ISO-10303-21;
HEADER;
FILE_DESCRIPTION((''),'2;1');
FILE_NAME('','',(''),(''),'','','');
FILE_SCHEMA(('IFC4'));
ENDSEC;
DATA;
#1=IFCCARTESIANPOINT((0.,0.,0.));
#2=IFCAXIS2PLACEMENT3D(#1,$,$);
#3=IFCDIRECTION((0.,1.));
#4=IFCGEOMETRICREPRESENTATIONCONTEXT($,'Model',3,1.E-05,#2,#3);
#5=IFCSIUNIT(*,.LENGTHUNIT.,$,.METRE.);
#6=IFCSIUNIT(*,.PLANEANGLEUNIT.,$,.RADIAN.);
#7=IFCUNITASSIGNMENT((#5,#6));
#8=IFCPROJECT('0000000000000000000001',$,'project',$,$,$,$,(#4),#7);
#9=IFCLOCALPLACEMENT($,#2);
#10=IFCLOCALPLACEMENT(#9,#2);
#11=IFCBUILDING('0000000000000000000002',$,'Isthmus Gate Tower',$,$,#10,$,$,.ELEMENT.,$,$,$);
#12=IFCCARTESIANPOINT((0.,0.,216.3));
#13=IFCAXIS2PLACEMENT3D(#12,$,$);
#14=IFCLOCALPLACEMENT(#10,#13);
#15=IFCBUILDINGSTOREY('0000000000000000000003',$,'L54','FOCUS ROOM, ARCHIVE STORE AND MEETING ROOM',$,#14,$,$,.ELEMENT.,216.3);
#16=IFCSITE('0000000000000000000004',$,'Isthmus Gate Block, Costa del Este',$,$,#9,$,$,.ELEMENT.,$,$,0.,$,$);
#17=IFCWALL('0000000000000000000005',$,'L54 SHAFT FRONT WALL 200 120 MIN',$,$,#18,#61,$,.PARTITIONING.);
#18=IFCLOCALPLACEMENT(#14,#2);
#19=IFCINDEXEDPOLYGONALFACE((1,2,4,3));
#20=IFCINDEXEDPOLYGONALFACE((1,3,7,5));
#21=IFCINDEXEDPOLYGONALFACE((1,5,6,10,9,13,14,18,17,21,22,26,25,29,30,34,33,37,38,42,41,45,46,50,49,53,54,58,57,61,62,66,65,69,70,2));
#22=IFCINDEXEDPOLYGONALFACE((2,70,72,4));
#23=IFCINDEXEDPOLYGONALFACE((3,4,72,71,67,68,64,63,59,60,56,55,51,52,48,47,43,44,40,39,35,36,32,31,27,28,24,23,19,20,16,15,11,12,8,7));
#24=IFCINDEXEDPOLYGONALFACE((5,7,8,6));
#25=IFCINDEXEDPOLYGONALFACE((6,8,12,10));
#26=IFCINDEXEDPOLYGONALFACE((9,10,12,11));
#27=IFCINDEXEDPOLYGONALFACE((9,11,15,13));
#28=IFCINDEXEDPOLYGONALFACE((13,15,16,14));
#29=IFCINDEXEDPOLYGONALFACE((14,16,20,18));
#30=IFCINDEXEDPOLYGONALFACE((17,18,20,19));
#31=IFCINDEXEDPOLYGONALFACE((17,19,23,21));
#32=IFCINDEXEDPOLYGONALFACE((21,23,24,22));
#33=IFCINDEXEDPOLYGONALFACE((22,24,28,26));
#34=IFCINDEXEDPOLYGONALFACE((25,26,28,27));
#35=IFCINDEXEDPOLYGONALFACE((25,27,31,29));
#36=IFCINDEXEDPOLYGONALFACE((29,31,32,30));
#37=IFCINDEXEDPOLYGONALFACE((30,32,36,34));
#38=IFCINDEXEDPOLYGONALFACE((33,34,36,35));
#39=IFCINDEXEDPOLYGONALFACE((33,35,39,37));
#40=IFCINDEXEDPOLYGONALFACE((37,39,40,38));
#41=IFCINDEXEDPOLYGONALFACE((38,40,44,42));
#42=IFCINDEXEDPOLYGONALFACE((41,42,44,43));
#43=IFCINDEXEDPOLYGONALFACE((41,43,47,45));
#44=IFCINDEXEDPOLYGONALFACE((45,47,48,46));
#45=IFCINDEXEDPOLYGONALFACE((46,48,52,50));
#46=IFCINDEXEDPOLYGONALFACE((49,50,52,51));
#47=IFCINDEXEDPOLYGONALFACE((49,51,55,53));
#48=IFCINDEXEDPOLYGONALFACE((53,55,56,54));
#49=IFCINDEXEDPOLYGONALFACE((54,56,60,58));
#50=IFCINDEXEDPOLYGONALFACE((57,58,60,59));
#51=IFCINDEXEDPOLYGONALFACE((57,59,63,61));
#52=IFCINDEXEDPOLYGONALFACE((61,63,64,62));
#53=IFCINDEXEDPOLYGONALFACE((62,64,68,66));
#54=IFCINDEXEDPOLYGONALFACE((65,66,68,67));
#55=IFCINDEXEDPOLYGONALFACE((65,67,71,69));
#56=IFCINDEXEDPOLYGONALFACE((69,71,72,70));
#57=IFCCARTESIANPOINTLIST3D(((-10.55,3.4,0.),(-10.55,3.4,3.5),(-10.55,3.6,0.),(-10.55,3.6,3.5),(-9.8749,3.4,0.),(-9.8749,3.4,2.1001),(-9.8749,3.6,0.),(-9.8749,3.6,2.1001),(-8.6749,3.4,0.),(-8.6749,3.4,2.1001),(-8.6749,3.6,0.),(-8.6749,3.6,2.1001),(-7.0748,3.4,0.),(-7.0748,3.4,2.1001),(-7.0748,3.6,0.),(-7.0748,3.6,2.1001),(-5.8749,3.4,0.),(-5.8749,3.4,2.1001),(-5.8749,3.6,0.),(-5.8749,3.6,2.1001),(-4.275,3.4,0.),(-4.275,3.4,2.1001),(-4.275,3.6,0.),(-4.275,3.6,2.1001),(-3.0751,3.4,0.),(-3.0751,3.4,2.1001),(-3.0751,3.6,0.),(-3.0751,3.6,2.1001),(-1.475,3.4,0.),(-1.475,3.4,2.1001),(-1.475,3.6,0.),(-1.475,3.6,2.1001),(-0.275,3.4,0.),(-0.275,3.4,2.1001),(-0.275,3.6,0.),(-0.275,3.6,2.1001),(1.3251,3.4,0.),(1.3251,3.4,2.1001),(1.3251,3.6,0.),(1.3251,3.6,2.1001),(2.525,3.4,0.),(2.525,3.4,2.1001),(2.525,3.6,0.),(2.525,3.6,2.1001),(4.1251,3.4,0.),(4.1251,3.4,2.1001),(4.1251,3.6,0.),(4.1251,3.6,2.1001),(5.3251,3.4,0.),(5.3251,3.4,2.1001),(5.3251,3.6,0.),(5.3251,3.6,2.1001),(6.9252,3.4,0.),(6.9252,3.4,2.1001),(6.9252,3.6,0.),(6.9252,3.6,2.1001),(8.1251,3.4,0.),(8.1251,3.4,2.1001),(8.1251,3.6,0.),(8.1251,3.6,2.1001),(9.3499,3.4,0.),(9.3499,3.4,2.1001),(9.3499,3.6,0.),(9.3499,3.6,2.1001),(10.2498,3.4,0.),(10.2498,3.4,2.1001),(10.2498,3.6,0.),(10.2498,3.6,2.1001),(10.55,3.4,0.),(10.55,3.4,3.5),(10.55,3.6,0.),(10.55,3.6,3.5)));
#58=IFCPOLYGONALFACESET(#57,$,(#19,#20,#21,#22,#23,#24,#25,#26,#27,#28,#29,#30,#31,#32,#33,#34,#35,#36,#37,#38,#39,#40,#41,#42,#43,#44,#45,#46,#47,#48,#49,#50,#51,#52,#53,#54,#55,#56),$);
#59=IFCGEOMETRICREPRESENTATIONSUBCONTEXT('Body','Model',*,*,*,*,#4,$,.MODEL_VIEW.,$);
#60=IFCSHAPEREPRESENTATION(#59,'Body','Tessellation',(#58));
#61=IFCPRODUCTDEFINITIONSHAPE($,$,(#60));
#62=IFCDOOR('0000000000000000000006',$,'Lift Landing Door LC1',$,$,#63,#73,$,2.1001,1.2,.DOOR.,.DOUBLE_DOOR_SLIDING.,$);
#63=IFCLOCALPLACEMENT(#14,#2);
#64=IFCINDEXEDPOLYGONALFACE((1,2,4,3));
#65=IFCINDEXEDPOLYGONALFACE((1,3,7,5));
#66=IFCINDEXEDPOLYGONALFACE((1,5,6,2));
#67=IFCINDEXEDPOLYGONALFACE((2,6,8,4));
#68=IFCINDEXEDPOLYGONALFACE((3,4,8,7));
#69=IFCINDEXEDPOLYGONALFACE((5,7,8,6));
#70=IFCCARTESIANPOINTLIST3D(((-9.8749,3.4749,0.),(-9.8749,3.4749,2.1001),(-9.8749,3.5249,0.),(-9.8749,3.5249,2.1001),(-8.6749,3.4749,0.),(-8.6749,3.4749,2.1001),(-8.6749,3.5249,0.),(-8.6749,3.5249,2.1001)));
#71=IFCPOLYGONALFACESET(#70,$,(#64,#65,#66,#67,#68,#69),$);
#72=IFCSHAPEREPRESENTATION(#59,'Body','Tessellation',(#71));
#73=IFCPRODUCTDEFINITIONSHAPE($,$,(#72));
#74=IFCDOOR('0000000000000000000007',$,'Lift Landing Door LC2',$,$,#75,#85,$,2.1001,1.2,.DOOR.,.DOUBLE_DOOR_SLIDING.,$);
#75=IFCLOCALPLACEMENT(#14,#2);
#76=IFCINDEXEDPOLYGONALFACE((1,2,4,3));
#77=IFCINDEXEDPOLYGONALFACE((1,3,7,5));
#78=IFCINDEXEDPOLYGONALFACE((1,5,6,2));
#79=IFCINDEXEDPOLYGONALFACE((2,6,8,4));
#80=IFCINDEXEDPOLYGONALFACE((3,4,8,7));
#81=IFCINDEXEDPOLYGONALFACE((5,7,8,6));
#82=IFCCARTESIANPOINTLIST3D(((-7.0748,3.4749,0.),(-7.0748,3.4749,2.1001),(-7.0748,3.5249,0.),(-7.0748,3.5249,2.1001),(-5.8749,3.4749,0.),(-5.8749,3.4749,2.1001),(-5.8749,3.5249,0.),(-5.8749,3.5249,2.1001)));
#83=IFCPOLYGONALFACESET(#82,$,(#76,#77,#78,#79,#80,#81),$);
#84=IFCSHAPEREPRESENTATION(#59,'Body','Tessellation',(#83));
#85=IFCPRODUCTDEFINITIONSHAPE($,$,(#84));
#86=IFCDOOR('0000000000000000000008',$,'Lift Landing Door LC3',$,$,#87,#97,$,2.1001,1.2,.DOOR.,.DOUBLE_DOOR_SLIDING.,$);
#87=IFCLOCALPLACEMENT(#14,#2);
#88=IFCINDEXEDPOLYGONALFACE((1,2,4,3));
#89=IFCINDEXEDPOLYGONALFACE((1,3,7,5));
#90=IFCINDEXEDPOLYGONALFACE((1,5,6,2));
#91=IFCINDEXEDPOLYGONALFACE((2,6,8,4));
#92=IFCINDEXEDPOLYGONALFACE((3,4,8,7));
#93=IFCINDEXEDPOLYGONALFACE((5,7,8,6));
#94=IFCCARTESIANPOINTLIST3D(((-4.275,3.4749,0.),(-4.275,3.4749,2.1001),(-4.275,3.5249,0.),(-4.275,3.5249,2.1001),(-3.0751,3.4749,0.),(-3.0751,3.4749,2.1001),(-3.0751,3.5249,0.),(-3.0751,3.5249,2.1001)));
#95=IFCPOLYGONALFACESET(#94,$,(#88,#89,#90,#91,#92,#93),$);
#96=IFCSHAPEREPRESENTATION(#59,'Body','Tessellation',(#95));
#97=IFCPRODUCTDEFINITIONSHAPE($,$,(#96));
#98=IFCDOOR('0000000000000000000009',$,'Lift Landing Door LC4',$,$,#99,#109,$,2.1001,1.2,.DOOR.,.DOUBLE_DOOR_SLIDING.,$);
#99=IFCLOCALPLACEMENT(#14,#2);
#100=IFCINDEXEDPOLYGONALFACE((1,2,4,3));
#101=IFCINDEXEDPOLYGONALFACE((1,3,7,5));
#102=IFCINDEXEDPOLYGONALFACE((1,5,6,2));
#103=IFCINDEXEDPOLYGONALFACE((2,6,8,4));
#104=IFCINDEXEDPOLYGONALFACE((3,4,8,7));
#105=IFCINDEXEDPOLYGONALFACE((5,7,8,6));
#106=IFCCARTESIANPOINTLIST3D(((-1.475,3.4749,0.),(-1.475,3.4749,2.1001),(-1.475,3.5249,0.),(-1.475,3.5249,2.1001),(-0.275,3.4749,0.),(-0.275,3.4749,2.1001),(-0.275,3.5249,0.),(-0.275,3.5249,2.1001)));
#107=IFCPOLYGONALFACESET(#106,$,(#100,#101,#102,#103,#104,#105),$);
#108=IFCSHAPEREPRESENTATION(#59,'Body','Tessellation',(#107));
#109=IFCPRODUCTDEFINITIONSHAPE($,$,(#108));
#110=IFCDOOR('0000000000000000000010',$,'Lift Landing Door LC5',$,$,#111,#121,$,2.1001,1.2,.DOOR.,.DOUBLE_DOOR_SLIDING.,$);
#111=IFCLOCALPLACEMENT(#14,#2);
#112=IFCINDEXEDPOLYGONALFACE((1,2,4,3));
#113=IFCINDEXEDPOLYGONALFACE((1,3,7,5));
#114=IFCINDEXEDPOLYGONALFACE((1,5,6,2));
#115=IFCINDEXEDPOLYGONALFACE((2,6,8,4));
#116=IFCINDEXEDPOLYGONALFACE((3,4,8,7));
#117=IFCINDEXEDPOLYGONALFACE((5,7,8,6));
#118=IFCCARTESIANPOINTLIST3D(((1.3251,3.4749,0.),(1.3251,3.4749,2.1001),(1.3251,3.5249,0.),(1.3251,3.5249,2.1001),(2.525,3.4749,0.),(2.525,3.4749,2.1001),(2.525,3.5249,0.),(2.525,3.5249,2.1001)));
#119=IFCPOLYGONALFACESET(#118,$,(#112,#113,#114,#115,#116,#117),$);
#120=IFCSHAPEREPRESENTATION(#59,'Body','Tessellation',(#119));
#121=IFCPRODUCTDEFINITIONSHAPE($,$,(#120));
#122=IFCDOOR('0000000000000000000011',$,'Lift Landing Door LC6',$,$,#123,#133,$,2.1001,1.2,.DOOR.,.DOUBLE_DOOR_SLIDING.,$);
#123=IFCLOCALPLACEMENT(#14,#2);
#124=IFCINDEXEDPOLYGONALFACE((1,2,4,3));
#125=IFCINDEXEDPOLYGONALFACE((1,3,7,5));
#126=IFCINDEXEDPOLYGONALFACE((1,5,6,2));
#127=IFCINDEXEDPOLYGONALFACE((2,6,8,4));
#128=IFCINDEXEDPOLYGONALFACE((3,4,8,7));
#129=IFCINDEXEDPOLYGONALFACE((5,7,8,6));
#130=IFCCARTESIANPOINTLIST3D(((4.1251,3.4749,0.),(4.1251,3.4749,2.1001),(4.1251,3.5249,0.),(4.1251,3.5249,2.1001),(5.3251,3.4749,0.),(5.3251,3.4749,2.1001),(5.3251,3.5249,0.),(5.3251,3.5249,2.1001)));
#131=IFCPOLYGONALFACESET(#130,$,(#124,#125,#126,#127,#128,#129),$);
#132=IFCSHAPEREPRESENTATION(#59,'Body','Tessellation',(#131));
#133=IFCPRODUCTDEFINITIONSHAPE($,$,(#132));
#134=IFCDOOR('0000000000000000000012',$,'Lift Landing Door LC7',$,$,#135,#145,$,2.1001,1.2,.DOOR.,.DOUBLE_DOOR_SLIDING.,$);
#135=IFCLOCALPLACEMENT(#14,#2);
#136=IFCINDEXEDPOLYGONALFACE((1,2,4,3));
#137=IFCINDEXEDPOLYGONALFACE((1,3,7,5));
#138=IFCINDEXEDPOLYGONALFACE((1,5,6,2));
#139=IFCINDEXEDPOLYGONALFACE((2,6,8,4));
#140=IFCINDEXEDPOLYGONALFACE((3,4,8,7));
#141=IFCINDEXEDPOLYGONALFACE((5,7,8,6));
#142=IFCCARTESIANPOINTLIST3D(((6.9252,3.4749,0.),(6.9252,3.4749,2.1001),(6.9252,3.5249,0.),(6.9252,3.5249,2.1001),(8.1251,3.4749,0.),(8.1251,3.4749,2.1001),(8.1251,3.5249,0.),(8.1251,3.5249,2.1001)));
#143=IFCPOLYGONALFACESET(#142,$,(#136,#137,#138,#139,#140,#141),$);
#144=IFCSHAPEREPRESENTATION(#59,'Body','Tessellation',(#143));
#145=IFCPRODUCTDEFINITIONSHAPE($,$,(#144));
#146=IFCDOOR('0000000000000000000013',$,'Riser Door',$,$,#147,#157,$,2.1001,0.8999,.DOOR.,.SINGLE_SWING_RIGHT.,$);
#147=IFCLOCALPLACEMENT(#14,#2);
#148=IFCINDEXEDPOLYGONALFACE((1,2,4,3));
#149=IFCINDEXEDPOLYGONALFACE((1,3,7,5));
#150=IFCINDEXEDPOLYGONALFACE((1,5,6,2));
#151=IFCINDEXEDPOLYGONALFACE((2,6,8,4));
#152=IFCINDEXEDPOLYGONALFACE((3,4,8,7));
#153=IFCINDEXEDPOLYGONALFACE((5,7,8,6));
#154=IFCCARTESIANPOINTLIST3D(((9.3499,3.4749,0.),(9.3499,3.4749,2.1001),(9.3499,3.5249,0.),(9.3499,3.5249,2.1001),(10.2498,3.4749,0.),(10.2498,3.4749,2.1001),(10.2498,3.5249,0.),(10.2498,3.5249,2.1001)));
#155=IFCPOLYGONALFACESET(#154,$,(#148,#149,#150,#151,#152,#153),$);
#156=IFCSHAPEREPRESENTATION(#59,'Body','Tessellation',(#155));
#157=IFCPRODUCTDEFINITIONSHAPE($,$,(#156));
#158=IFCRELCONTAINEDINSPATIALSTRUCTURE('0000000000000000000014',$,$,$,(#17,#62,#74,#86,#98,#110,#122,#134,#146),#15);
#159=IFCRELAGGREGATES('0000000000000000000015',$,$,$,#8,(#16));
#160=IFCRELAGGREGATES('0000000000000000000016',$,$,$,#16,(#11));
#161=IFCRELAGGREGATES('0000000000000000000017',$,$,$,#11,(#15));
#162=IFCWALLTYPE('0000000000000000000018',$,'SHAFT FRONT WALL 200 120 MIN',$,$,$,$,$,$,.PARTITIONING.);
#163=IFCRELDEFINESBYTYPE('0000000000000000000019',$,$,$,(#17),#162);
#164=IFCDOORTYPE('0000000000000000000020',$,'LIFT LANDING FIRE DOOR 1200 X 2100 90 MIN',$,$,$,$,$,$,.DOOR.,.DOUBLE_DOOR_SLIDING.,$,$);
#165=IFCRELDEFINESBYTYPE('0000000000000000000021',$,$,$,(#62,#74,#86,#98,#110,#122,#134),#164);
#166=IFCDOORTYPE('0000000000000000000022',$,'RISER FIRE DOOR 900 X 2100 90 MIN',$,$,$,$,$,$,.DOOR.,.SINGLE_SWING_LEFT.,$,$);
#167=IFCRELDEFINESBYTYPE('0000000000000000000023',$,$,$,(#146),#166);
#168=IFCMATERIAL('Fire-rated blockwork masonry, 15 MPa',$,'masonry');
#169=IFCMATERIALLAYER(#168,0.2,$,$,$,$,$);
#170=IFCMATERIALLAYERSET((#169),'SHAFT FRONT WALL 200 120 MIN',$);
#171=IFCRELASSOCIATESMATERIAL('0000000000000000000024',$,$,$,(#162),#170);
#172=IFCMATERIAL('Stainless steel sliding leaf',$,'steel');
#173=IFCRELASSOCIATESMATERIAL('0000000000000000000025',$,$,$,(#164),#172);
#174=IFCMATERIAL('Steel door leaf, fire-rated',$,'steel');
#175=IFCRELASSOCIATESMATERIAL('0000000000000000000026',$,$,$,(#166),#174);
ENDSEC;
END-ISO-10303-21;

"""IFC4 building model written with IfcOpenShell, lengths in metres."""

from ifc_helpers import new_model, si_unit, direction, frame, frame_2d, origin, place, context, subcontext, project, spatial, rectangle, extrude, material, layer, layer_set, type_object, element, fill, save


model = new_model("IFC4")

# Units and contexts
model_context = context("Model", 3, precision=1e-05, world=origin(), true_north=direction((0.0, 1.0)))
body_context = subcontext(model_context, "Body", "Model", "MODEL_VIEW")
ifc_project = project(units=[si_unit("LENGTHUNIT", "METRE"), si_unit("PLANEANGLEUNIT", "RADIAN")], contexts=[model_context])

# Site, building, storey
site_placement = place(None, origin())
site = spatial("IfcSite", under=ifc_project, at=site_placement, Name="Isthmus Gate Block, Costa del Este", CompositionType="ELEMENT", RefElevation=0.0)
building_placement = place(site_placement, origin())
building = spatial("IfcBuilding", under=site, at=building_placement, Name="Isthmus Gate Tower", CompositionType="ELEMENT")
storey_placement = place(building_placement, frame((0.0, 0.0, 216.3)))
storey = spatial("IfcBuildingStorey", under=building, at=storey_placement, Name="L54", Description="FOCUS ROOM, ARCHIVE STORE AND MEETING ROOM", CompositionType="ELEMENT", Elevation=216.3)

# Wall, openings, doors
ifc_material_1 = material(Name="Fire-rated blockwork masonry, 15 MPa", Category="masonry")
ifc_layer_1 = layer(ifc_material_1, 0.2)
ifc_layer_set_1 = layer_set([ifc_layer_1], Name="SHAFT FRONT WALL 200 120 MIN")
wall_type_1 = type_object("IfcWallType", Name="SHAFT FRONT WALL 200 120 MIN", PredefinedType="PARTITIONING", material=ifc_layer_set_1)
wall_1_placement = place(storey_placement, frame((-10.55, 3.5, 0.0), z_axis=(0.0, 0.0, 1.0), x_axis=(1.0, 0.0, 0.0)))
wall_1 = element("IfcWall", 1, at=wall_1_placement, inside=storey, type_object=wall_type_1, Name="L54 SHAFT FRONT WALL 200 120 MIN", PredefinedType="PARTITIONING", context=body_context, shape_type="SweptSolid", body=[
    extrude(rectangle(XDim=21.1001, YDim=0.2, at=frame_2d((10.55, 0.0))), origin(), (0.0, 0.0, 1.0), 3.5),
])
opening_1_placement = place(wall_1_placement, frame((0.675, 0.0, 0.0)))
opening_1 = element("IfcOpeningElement", 2, at=opening_1_placement, cuts=wall_1, PredefinedType="OPENING", context=body_context, shape_type="SweptSolid", body=[
    extrude(rectangle(XDim=1.2, YDim=2.1001, at=frame_2d((0.6001, 1.05))), frame((0.0, 0.1099, 0.0), z_axis=(0.0, -1.0, 0.0), x_axis=(1.0, 0.0, 0.0)), (0.0, 0.0, 1.0), 0.22),
])
opening_2_placement = place(wall_1_placement, frame((3.4751, 0.0, 0.0)))
opening_2 = element("IfcOpeningElement", 3, at=opening_2_placement, cuts=wall_1, PredefinedType="OPENING", context=body_context, shape_type="SweptSolid", body=[
    extrude(rectangle(XDim=1.2, YDim=2.1001, at=frame_2d((0.6001, 1.05))), frame((0.0, 0.1099, 0.0), z_axis=(0.0, -1.0, 0.0), x_axis=(1.0, 0.0, 0.0)), (0.0, 0.0, 1.0), 0.22),
])
opening_3_placement = place(wall_1_placement, frame((6.2749, 0.0, 0.0)))
opening_3 = element("IfcOpeningElement", 4, at=opening_3_placement, cuts=wall_1, PredefinedType="OPENING", context=body_context, shape_type="SweptSolid", body=[
    extrude(rectangle(XDim=1.2, YDim=2.1001, at=frame_2d((0.6001, 1.05))), frame((0.0, 0.1099, 0.0), z_axis=(0.0, -1.0, 0.0), x_axis=(1.0, 0.0, 0.0)), (0.0, 0.0, 1.0), 0.22),
])
opening_4_placement = place(wall_1_placement, frame((9.075, 0.0, 0.0)))
opening_4 = element("IfcOpeningElement", 5, at=opening_4_placement, cuts=wall_1, PredefinedType="OPENING", context=body_context, shape_type="SweptSolid", body=[
    extrude(rectangle(XDim=1.2, YDim=2.1001, at=frame_2d((0.6001, 1.05))), frame((0.0, 0.1099, 0.0), z_axis=(0.0, -1.0, 0.0), x_axis=(1.0, 0.0, 0.0)), (0.0, 0.0, 1.0), 0.22),
])
opening_5_placement = place(wall_1_placement, frame((11.875, 0.0, 0.0)))
opening_5 = element("IfcOpeningElement", 6, at=opening_5_placement, cuts=wall_1, PredefinedType="OPENING", context=body_context, shape_type="SweptSolid", body=[
    extrude(rectangle(XDim=1.2, YDim=2.1001, at=frame_2d((0.6001, 1.05))), frame((0.0, 0.1099, 0.0), z_axis=(0.0, -1.0, 0.0), x_axis=(1.0, 0.0, 0.0)), (0.0, 0.0, 1.0), 0.22),
])
opening_6_placement = place(wall_1_placement, frame((14.675, 0.0, 0.0)))
opening_6 = element("IfcOpeningElement", 7, at=opening_6_placement, cuts=wall_1, PredefinedType="OPENING", context=body_context, shape_type="SweptSolid", body=[
    extrude(rectangle(XDim=1.2, YDim=2.1001, at=frame_2d((0.6001, 1.05))), frame((0.0, 0.1099, 0.0), z_axis=(0.0, -1.0, 0.0), x_axis=(1.0, 0.0, 0.0)), (0.0, 0.0, 1.0), 0.22),
])
opening_7_placement = place(wall_1_placement, frame((17.4751, 0.0, 0.0)))
opening_7 = element("IfcOpeningElement", 8, at=opening_7_placement, cuts=wall_1, PredefinedType="OPENING", context=body_context, shape_type="SweptSolid", body=[
    extrude(rectangle(XDim=1.2, YDim=2.1001, at=frame_2d((0.6001, 1.05))), frame((0.0, 0.1099, 0.0), z_axis=(0.0, -1.0, 0.0), x_axis=(1.0, 0.0, 0.0)), (0.0, 0.0, 1.0), 0.22),
])
opening_8_placement = place(wall_1_placement, frame((19.8999, 0.0, 0.0)))
opening_8 = element("IfcOpeningElement", 9, at=opening_8_placement, cuts=wall_1, PredefinedType="OPENING", context=body_context, shape_type="SweptSolid", body=[
    extrude(rectangle(XDim=0.8999, YDim=2.1001, at=frame_2d((0.45, 1.05))), frame((0.0, 0.1099, 0.0), z_axis=(0.0, -1.0, 0.0), x_axis=(1.0, 0.0, 0.0)), (0.0, 0.0, 1.0), 0.22),
])
ifc_material_2 = material(Name="Stainless steel sliding leaf", Category="steel")
door_type_1 = type_object("IfcDoorType", Name="LIFT LANDING FIRE DOOR 1200 X 2100 90 MIN", OperationType="DOUBLE_DOOR_SLIDING", PredefinedType="DOOR", material=ifc_material_2)
door_1_placement = place(opening_1_placement, origin())
door_1 = element("IfcDoor", 10, at=door_1_placement, inside=storey, type_object=door_type_1, Name="Lift Landing Door LC1", OperationType="DOUBLE_DOOR_SLIDING", OverallHeight=2.1001, OverallWidth=1.2, PredefinedType="DOOR", context=body_context, shape_type="SweptSolid", body=[
    extrude(rectangle(XDim=1.2, YDim=2.1001, at=frame_2d((0.6001, 1.05))), frame((0.0, 0.0249, 0.0), z_axis=(0.0, -1.0, 0.0), x_axis=(1.0, 0.0, 0.0)), (0.0, 0.0, 1.0), 0.05),
])
fill(opening_1, door_1)
door_2_placement = place(opening_2_placement, origin())
door_2 = element("IfcDoor", 11, at=door_2_placement, inside=storey, type_object=door_type_1, Name="Lift Landing Door LC2", OperationType="DOUBLE_DOOR_SLIDING", OverallHeight=2.1001, OverallWidth=1.2, PredefinedType="DOOR", context=body_context, shape_type="SweptSolid", body=[
    extrude(rectangle(XDim=1.2, YDim=2.1001, at=frame_2d((0.6001, 1.05))), frame((0.0, 0.0249, 0.0), z_axis=(0.0, -1.0, 0.0), x_axis=(1.0, 0.0, 0.0)), (0.0, 0.0, 1.0), 0.05),
])
fill(opening_2, door_2)
door_3_placement = place(opening_3_placement, origin())
door_3 = element("IfcDoor", 12, at=door_3_placement, inside=storey, type_object=door_type_1, Name="Lift Landing Door LC3", OperationType="DOUBLE_DOOR_SLIDING", OverallHeight=2.1001, OverallWidth=1.2, PredefinedType="DOOR", context=body_context, shape_type="SweptSolid", body=[
    extrude(rectangle(XDim=1.2, YDim=2.1001, at=frame_2d((0.6001, 1.05))), frame((0.0, 0.0249, 0.0), z_axis=(0.0, -1.0, 0.0), x_axis=(1.0, 0.0, 0.0)), (0.0, 0.0, 1.0), 0.05),
])
fill(opening_3, door_3)
door_4_placement = place(opening_4_placement, origin())
door_4 = element("IfcDoor", 13, at=door_4_placement, inside=storey, type_object=door_type_1, Name="Lift Landing Door LC4", OperationType="DOUBLE_DOOR_SLIDING", OverallHeight=2.1001, OverallWidth=1.2, PredefinedType="DOOR", context=body_context, shape_type="SweptSolid", body=[
    extrude(rectangle(XDim=1.2, YDim=2.1001, at=frame_2d((0.6001, 1.05))), frame((0.0, 0.0249, 0.0), z_axis=(0.0, -1.0, 0.0), x_axis=(1.0, 0.0, 0.0)), (0.0, 0.0, 1.0), 0.05),
])
fill(opening_4, door_4)
door_5_placement = place(opening_5_placement, origin())
door_5 = element("IfcDoor", 14, at=door_5_placement, inside=storey, type_object=door_type_1, Name="Lift Landing Door LC5", OperationType="DOUBLE_DOOR_SLIDING", OverallHeight=2.1001, OverallWidth=1.2, PredefinedType="DOOR", context=body_context, shape_type="SweptSolid", body=[
    extrude(rectangle(XDim=1.2, YDim=2.1001, at=frame_2d((0.6001, 1.05))), frame((0.0, 0.0249, 0.0), z_axis=(0.0, -1.0, 0.0), x_axis=(1.0, 0.0, 0.0)), (0.0, 0.0, 1.0), 0.05),
])
fill(opening_5, door_5)
door_6_placement = place(opening_6_placement, origin())
door_6 = element("IfcDoor", 15, at=door_6_placement, inside=storey, type_object=door_type_1, Name="Lift Landing Door LC6", OperationType="DOUBLE_DOOR_SLIDING", OverallHeight=2.1001, OverallWidth=1.2, PredefinedType="DOOR", context=body_context, shape_type="SweptSolid", body=[
    extrude(rectangle(XDim=1.2, YDim=2.1001, at=frame_2d((0.6001, 1.05))), frame((0.0, 0.0249, 0.0), z_axis=(0.0, -1.0, 0.0), x_axis=(1.0, 0.0, 0.0)), (0.0, 0.0, 1.0), 0.05),
])
fill(opening_6, door_6)
door_7_placement = place(opening_7_placement, origin())
door_7 = element("IfcDoor", 16, at=door_7_placement, inside=storey, type_object=door_type_1, Name="Lift Landing Door LC7", OperationType="DOUBLE_DOOR_SLIDING", OverallHeight=2.1001, OverallWidth=1.2, PredefinedType="DOOR", context=body_context, shape_type="SweptSolid", body=[
    extrude(rectangle(XDim=1.2, YDim=2.1001, at=frame_2d((0.6001, 1.05))), frame((0.0, 0.0249, 0.0), z_axis=(0.0, -1.0, 0.0), x_axis=(1.0, 0.0, 0.0)), (0.0, 0.0, 1.0), 0.05),
])
fill(opening_7, door_7)
ifc_material_3 = material(Name="Steel door leaf, fire-rated", Category="steel")
door_type_2 = type_object("IfcDoorType", Name="RISER FIRE DOOR 900 X 2100 90 MIN", OperationType="SINGLE_SWING_LEFT", PredefinedType="DOOR", material=ifc_material_3)
door_8_placement = place(opening_8_placement, origin())
door_8 = element("IfcDoor", 17, at=door_8_placement, inside=storey, type_object=door_type_2, Name="Riser Door", OperationType="SINGLE_SWING_RIGHT", OverallHeight=2.1001, OverallWidth=0.8999, PredefinedType="DOOR", context=body_context, shape_type="SweptSolid", body=[
    extrude(rectangle(XDim=0.8999, YDim=2.1001, at=frame_2d((0.45, 1.05))), frame((0.0, 0.0249, 0.0), z_axis=(0.0, -1.0, 0.0), x_axis=(1.0, 0.0, 0.0)), (0.0, 0.0, 1.0), 0.05),
])
fill(opening_8, door_8)

save(model, "model.ifc")
